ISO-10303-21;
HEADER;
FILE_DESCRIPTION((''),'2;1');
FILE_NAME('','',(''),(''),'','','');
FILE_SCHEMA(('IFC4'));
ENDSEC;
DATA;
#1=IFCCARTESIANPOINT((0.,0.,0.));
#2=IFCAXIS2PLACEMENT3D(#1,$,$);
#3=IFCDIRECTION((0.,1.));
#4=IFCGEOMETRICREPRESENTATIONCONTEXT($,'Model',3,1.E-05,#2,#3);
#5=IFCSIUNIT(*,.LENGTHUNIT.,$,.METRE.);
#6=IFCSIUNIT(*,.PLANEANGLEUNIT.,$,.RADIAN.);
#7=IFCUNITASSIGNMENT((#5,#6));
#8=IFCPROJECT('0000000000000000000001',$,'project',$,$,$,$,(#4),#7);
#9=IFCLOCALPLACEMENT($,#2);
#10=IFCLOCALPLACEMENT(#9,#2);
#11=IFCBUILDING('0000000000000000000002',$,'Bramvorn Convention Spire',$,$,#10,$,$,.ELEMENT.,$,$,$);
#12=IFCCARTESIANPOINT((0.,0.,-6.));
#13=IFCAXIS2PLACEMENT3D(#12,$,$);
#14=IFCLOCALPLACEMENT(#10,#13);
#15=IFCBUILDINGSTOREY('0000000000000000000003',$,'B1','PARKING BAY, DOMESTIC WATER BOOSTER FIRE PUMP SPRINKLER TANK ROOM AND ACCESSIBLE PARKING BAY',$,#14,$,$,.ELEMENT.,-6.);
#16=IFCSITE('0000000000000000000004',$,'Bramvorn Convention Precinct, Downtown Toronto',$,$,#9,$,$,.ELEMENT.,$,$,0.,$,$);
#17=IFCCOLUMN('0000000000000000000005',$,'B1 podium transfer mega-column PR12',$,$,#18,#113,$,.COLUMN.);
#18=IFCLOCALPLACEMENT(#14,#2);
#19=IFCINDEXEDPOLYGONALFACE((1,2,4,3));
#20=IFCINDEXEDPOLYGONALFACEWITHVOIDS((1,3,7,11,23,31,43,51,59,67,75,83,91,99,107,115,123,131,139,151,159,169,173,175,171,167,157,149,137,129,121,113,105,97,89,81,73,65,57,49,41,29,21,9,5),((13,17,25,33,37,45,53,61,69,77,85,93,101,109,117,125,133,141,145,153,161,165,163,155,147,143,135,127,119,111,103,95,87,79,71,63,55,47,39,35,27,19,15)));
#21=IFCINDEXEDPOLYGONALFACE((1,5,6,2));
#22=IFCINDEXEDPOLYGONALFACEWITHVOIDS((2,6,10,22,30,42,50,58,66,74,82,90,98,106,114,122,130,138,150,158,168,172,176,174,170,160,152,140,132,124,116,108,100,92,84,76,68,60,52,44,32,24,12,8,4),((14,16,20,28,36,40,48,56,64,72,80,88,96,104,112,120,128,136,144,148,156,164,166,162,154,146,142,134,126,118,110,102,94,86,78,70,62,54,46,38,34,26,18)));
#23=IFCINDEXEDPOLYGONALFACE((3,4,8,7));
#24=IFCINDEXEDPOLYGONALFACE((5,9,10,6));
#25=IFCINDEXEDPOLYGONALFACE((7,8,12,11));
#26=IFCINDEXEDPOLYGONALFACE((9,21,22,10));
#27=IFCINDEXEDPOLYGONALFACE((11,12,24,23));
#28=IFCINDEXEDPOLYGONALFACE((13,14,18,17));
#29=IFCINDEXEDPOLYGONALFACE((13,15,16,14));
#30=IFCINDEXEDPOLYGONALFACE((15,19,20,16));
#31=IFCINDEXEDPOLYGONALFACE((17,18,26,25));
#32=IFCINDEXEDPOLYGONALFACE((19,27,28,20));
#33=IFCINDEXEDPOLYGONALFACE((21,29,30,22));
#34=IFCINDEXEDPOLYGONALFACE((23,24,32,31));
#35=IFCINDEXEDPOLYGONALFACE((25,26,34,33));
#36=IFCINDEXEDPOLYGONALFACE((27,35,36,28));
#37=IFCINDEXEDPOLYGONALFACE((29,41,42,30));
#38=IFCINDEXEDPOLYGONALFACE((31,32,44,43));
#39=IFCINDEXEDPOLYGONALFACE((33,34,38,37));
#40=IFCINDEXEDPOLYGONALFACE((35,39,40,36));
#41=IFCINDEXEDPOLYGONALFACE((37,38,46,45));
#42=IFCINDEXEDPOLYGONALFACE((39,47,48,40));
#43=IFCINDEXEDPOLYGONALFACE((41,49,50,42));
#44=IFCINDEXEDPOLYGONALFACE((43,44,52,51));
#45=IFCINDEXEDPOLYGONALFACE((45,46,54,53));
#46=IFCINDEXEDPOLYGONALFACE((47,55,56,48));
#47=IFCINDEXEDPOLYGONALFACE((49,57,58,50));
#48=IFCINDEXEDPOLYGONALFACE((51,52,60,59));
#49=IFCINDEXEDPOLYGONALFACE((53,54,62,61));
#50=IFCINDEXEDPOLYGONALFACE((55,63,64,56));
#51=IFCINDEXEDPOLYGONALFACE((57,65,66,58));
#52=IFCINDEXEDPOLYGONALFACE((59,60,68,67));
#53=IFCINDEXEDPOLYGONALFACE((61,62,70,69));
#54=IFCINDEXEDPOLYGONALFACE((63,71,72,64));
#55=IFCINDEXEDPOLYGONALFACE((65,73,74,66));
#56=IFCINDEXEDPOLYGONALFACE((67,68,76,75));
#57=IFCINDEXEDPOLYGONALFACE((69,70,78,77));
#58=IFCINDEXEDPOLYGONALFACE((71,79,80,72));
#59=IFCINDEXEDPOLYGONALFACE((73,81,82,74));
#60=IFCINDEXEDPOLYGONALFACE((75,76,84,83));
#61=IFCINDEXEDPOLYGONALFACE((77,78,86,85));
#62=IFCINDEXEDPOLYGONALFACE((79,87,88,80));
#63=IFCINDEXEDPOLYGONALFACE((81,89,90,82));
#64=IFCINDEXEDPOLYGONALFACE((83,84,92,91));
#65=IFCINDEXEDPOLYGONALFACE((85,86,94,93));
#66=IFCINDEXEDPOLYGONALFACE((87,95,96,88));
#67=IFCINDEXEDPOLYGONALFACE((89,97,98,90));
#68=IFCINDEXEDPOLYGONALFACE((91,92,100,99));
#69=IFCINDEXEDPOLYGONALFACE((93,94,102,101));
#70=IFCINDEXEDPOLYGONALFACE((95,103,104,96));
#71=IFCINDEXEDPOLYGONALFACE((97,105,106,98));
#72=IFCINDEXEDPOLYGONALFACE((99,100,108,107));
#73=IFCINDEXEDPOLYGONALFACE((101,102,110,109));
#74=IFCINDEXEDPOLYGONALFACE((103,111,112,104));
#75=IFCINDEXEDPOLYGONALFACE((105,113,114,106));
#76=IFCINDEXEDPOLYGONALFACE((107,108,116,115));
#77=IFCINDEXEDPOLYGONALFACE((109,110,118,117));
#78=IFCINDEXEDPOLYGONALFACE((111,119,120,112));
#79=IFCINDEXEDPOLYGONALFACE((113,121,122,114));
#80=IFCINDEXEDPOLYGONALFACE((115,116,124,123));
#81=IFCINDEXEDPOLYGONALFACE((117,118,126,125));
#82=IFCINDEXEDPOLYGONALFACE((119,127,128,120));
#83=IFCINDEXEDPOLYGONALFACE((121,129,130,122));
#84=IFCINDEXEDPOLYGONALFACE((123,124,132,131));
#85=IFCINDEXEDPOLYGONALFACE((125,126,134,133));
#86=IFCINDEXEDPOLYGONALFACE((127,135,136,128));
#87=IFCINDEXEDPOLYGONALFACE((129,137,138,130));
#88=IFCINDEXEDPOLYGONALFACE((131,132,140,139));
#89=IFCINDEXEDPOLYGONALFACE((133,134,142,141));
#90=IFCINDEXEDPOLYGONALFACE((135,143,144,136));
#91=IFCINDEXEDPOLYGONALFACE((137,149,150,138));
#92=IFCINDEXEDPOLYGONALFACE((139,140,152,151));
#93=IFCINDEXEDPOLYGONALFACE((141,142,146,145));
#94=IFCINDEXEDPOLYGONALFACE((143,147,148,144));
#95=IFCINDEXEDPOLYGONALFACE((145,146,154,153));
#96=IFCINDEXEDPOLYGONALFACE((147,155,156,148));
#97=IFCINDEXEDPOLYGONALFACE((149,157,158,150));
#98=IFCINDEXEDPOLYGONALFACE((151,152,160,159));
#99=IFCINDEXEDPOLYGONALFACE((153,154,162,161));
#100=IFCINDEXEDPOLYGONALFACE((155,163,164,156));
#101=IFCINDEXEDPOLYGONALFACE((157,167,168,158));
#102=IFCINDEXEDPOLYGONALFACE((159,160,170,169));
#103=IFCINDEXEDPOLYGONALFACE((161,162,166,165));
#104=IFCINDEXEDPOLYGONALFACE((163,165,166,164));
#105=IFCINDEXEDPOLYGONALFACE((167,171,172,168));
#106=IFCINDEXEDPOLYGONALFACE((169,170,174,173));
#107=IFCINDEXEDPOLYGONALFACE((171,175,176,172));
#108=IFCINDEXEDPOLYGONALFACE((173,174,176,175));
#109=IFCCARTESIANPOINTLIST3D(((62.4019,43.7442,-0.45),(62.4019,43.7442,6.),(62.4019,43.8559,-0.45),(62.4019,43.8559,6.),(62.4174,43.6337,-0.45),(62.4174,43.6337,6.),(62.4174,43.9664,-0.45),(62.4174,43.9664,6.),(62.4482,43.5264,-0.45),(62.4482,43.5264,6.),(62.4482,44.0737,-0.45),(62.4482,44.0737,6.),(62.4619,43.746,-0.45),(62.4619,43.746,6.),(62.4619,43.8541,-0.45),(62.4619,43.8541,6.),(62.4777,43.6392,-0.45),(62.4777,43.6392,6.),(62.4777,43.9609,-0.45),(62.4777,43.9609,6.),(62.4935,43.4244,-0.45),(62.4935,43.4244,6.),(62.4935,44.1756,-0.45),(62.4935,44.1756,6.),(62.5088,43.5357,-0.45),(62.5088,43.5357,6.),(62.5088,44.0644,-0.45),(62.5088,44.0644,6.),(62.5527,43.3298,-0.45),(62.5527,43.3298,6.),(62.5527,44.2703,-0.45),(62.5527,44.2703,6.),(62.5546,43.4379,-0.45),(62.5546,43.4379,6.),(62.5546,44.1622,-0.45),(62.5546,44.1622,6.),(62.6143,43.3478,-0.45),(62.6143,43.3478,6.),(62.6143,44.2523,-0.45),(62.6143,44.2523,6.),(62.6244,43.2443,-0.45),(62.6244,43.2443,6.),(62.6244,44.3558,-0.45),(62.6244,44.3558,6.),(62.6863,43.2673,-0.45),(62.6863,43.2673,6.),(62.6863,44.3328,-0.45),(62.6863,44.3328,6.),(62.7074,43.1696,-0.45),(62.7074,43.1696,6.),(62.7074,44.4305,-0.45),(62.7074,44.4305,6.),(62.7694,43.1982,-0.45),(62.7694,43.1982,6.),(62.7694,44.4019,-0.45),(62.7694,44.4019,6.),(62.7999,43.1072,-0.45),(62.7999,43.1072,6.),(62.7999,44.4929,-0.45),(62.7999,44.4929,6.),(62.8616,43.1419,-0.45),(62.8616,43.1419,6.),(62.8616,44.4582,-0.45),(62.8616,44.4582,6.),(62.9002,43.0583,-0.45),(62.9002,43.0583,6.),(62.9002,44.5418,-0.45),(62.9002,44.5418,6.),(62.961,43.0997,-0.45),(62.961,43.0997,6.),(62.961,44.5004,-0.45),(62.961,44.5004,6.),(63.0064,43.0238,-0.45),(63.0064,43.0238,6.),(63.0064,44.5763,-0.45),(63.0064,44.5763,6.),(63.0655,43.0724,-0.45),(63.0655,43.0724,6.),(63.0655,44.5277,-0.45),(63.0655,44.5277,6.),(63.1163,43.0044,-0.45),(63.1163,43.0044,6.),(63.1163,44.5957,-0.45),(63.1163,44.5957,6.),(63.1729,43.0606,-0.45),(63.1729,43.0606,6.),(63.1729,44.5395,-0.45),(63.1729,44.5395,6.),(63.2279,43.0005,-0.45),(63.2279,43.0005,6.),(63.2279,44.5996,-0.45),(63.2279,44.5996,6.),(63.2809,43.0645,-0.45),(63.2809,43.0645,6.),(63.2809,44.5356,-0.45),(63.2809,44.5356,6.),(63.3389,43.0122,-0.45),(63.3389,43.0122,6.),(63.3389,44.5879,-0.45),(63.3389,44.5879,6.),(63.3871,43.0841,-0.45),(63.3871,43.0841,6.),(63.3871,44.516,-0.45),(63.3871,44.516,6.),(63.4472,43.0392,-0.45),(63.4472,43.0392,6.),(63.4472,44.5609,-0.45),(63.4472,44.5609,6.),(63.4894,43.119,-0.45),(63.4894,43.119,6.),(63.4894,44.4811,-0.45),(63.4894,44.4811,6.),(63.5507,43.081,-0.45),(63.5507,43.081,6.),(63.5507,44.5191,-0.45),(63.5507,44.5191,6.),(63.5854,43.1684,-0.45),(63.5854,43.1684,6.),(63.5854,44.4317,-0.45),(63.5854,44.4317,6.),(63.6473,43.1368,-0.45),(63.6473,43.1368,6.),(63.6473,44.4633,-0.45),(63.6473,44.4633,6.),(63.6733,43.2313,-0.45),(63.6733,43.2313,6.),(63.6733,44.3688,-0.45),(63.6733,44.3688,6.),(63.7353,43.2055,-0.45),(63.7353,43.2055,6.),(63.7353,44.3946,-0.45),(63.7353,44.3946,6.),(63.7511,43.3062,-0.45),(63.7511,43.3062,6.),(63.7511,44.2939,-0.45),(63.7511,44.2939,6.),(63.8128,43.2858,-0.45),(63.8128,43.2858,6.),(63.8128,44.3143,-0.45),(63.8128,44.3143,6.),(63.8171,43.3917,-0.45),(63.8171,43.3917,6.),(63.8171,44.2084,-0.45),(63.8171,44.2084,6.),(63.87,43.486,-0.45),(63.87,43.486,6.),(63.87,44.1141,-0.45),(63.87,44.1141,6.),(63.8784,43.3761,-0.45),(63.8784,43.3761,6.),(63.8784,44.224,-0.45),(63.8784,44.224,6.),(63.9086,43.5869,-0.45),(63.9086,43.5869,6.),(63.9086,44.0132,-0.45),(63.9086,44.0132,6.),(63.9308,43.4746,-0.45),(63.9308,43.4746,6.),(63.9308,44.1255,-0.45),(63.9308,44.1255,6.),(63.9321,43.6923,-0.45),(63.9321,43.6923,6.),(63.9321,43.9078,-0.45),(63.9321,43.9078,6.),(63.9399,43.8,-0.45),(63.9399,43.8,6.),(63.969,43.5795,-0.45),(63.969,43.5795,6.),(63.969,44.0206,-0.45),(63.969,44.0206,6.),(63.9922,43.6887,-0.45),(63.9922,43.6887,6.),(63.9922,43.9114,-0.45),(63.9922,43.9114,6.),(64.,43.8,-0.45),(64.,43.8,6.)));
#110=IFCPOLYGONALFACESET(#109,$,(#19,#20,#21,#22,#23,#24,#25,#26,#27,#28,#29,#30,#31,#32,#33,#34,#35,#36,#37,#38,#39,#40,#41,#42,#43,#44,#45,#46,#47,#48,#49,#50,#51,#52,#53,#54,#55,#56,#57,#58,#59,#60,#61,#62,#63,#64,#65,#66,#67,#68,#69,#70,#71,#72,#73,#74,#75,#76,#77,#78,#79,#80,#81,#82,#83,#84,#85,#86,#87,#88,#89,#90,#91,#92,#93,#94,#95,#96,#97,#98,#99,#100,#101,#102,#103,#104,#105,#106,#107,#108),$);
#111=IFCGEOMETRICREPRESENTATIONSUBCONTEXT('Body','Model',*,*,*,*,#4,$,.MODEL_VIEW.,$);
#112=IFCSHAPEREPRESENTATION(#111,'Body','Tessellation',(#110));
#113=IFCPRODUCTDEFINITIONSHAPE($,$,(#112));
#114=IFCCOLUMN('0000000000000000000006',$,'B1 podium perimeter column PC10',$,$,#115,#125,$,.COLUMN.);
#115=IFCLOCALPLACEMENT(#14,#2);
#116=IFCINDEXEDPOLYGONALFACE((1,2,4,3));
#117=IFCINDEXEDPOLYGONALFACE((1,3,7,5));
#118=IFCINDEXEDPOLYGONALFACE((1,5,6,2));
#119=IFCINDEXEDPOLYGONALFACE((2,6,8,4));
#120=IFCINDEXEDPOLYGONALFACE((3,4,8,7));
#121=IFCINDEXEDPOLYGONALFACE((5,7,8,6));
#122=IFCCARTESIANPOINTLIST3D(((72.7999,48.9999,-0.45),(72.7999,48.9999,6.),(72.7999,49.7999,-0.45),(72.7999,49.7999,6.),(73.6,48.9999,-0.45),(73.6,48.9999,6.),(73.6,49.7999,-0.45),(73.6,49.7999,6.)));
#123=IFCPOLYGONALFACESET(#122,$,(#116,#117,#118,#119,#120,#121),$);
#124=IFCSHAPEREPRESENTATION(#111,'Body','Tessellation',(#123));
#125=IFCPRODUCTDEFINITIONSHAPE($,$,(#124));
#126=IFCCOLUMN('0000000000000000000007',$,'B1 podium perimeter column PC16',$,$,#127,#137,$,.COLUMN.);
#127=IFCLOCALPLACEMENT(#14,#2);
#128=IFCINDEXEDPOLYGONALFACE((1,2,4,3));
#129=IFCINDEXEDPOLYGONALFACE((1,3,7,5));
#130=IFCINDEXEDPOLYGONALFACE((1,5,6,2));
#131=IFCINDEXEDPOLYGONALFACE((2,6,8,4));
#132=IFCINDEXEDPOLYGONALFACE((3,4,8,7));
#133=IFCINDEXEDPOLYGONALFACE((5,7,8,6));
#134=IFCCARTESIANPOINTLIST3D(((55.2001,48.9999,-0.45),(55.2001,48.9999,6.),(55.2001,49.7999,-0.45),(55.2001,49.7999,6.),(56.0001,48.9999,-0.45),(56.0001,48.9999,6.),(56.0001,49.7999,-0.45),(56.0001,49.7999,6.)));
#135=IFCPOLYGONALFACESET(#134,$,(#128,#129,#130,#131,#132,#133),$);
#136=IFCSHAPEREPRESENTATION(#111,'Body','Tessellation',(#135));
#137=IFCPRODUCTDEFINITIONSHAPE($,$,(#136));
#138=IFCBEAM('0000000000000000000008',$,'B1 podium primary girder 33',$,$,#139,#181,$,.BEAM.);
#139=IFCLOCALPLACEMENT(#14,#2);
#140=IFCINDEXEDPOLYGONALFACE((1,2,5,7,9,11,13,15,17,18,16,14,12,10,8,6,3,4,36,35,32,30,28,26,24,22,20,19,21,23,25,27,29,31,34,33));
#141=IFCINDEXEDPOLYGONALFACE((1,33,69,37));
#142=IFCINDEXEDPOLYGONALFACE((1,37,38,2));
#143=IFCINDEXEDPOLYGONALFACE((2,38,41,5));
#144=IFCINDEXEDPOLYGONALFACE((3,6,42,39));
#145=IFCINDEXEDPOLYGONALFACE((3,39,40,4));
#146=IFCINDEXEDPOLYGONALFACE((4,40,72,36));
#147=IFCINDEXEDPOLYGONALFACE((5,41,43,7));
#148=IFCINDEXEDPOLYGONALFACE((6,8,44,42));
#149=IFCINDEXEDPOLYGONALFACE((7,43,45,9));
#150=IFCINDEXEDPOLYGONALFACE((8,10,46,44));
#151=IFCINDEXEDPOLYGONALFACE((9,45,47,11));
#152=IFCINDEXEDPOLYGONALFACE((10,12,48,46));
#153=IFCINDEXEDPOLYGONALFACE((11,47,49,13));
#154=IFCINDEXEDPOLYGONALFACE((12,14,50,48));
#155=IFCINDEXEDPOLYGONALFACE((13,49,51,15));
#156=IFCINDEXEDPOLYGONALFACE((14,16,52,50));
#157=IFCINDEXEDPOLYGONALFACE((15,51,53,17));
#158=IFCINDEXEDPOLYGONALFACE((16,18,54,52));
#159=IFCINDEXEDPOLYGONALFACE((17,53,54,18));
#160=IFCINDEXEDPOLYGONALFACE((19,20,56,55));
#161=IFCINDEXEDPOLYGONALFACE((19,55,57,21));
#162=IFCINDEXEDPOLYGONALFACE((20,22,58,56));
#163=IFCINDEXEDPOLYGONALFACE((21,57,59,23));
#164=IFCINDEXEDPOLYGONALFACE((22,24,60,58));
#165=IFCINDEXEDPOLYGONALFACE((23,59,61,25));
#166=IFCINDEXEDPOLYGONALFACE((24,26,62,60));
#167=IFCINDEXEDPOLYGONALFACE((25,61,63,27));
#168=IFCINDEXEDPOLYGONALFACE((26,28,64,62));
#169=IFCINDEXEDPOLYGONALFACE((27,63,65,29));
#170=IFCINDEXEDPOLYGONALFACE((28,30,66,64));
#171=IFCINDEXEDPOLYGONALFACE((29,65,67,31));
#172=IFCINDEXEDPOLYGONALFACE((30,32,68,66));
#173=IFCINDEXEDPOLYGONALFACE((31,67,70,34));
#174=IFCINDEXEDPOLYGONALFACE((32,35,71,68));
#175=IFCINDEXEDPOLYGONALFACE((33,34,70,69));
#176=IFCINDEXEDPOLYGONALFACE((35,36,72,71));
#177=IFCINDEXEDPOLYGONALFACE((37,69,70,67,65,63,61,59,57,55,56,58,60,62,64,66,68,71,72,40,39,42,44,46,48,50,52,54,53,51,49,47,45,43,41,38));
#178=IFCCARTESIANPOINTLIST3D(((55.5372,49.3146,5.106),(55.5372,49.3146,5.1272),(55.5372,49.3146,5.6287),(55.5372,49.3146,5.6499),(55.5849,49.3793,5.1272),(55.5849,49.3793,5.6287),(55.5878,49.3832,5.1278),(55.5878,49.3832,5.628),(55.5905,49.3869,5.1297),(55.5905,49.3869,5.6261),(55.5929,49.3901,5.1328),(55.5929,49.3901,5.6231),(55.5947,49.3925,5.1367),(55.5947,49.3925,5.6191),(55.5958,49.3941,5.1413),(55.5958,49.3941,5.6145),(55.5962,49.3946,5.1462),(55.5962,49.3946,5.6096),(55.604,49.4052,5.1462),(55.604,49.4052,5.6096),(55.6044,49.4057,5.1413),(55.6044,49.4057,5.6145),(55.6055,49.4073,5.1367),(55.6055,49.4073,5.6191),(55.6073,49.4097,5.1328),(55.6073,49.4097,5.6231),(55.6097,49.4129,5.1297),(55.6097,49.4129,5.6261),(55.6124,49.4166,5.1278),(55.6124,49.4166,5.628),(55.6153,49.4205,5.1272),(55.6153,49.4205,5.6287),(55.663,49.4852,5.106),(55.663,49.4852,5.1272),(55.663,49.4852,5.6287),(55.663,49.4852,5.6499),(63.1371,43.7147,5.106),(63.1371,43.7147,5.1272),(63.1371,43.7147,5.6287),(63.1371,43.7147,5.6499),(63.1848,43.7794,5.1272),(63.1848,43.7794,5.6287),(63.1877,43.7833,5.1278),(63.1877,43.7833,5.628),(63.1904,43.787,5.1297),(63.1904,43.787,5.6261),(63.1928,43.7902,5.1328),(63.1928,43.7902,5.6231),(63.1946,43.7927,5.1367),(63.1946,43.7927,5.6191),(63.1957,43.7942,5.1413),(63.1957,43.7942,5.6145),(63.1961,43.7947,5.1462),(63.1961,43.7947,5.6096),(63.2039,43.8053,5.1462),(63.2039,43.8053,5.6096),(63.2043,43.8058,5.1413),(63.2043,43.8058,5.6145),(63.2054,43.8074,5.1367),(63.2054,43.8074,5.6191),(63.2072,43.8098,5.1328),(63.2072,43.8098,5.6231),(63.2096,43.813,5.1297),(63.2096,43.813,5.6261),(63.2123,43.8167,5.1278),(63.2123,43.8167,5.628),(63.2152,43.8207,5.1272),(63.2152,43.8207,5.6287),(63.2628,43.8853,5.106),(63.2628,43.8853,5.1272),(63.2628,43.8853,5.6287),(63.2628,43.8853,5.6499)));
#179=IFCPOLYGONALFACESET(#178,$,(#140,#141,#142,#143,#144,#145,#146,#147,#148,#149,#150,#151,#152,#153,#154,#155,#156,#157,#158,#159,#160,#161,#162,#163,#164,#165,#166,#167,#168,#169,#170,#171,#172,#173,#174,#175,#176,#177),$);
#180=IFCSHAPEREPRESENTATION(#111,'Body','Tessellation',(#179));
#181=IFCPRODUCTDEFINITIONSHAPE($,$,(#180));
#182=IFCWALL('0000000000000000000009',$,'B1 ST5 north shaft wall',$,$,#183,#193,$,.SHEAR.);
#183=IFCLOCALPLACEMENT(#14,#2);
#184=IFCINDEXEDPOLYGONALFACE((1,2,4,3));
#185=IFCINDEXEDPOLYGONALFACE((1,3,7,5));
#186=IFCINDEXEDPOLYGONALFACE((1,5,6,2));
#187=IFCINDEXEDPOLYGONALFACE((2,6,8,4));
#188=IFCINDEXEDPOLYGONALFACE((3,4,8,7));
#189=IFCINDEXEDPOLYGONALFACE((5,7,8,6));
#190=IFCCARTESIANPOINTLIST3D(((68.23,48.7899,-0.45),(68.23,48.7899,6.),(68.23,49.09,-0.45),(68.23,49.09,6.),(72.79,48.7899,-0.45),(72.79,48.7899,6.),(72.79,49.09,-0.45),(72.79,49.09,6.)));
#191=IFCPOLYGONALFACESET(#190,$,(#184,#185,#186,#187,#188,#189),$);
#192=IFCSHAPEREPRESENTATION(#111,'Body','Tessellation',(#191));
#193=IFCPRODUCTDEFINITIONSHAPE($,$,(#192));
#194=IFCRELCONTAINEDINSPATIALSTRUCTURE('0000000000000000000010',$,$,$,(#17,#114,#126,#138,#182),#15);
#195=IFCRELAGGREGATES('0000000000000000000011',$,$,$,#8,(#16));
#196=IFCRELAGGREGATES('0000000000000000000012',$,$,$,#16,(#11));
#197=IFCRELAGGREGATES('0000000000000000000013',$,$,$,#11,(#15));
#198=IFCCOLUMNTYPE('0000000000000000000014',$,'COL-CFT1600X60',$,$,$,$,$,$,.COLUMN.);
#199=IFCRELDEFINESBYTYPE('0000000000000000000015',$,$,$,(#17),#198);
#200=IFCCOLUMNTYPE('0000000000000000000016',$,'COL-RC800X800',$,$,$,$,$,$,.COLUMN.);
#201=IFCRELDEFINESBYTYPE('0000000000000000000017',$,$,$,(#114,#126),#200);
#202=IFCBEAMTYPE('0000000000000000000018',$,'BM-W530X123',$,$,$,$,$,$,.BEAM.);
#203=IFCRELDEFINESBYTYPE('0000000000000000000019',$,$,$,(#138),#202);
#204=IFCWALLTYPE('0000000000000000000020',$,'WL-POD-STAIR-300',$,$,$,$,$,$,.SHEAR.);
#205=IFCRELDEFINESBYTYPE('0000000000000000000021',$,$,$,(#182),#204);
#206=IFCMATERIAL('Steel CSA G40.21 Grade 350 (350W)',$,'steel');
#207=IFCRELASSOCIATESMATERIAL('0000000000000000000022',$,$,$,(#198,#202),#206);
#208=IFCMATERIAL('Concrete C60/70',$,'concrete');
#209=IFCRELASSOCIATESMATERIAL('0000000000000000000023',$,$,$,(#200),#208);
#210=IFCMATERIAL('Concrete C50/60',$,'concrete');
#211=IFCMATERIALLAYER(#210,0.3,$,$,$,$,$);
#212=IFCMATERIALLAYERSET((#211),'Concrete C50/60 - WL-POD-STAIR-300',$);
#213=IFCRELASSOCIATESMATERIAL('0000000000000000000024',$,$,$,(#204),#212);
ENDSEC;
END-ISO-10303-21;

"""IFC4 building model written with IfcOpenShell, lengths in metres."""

from ifc_helpers import new_model, si_unit, direction, frame, frame_2d, origin, origin_2d, place, context, subcontext, project, spatial, rectangle, hollow_circle, i_section, extrude, material, layer, layer_set, material_profile, profile_set, type_object, element, save


model = new_model("IFC4")

# Units and contexts
model_context = context("Model", 3, precision=1e-05, world=origin(), true_north=direction((0.0, 1.0)))
body_context = subcontext(model_context, "Body", "Model", "MODEL_VIEW")
ifc_project = project(units=[si_unit("LENGTHUNIT", "METRE"), si_unit("PLANEANGLEUNIT", "RADIAN")], contexts=[model_context])

# Site, building, storey
site_placement = place(None, origin())
site = spatial("IfcSite", under=ifc_project, at=site_placement, Name="Bramvorn Convention Precinct, Downtown Toronto", CompositionType="ELEMENT", RefElevation=0.0)
building_placement = place(site_placement, origin())
building = spatial("IfcBuilding", under=site, at=building_placement, Name="Bramvorn Convention Spire", CompositionType="ELEMENT")
storey_placement = place(building_placement, frame((0.0, 0.0, -6.0)))
storey = spatial("IfcBuildingStorey", under=building, at=storey_placement, Name="B1", Description="PARKING BAY, DOMESTIC WATER BOOSTER FIRE PUMP SPRINKLER TANK ROOM AND ACCESSIBLE PARKING BAY", CompositionType="ELEMENT", Elevation=-6.0)

# Shared definitions
ifc_material_1 = material(Name="Concrete C60/70", Category="concrete")

# Columns
ifc_material_2 = material(Name="Steel CSA G40.21 Grade 350 (350W)", Category="steel")
ifc_material_profile_1 = material_profile(ifc_material_2, hollow_circle(Radius=0.8, WallThickness=0.0601, at=origin_2d()))
ifc_profile_set_1 = profile_set([ifc_material_profile_1], Name="Steel CSA G40.21 Grade 350 (350W) - CFT1600X60")
column_type_1 = type_object("IfcColumnType", Name="COL-CFT1600X60", PredefinedType="COLUMN", material=ifc_profile_set_1)
column_placement = place(storey_placement, frame((63.2, 43.8, -0.45), z_axis=(0.0, 0.0, 1.0), x_axis=(1.0, 0.0, 0.0)))
element("IfcColumn", 1, at=column_placement, inside=storey, type_object=column_type_1, Name="B1 podium transfer mega-column PR12", PredefinedType="COLUMN", context=body_context, shape_type="SweptSolid", body=[
    extrude(hollow_circle(Radius=0.8, WallThickness=0.0601, at=origin_2d()), origin(), (0.0, 0.0, 1.0), 6.45),
])
ifc_material_profile_2 = material_profile(ifc_material_1, rectangle(XDim=0.8, YDim=0.8, at=origin_2d()))
ifc_profile_set_2 = profile_set([ifc_material_profile_2], Name="Concrete C60/70 - RC800X800")
column_type_2 = type_object("IfcColumnType", Name="COL-RC800X800", PredefinedType="COLUMN", material=ifc_profile_set_2)
for number, where, z_axis, x_axis, name in (
    (2, (73.2, 49.3999, -0.45), (0.0, 0.0, 1.0), (1.0, 0.0, 0.0), "B1 podium perimeter column PC10"),
    (3, (55.6001, 49.3999, -0.45), (0.0, 0.0, 1.0), (1.0, 0.0, 0.0), "B1 podium perimeter column PC16"),
):
    element("IfcColumn", number, at=place(storey_placement, frame(where, z_axis=z_axis, x_axis=x_axis)), inside=storey, type_object=column_type_2, Name=name, PredefinedType="COLUMN", context=body_context, shape_type="SweptSolid", body=[
        extrude(rectangle(XDim=0.8, YDim=0.8, at=origin_2d()), origin(), (0.0, 0.0, 1.0), 6.45),
    ])

# Beam
ifc_material_profile_3 = material_profile(ifc_material_2, i_section(OverallWidth=0.2119, OverallDepth=0.5439, WebThickness=0.0132, FlangeThickness=0.0212, FilletRadius=0.019, at=origin_2d()))
ifc_profile_set_3 = profile_set([ifc_material_profile_3], Name="Steel CSA G40.21 Grade 350 (350W) - W530X123")
beam_type = type_object("IfcBeamType", Name="BM-W530X123", PredefinedType="BEAM", material=ifc_profile_set_3)
beam_placement = place(storey_placement, frame((55.6001, 49.3999, 5.3779), z_axis=(0.805058, -0.593196, 0.0), x_axis=(0.593196, 0.805058, 0.0)))
element("IfcBeam", 4, at=beam_placement, inside=storey, type_object=beam_type, Name="B1 podium primary girder 33", PredefinedType="BEAM", context=body_context, shape_type="SweptSolid", body=[
    extrude(i_section(OverallWidth=0.2119, OverallDepth=0.5439, WebThickness=0.0132, FlangeThickness=0.0212, FilletRadius=0.019, at=origin_2d()), origin(), (0.0, 0.0, 1.0), 9.4402),
])

# Wall
ifc_material_3 = material(Name="Concrete C50/60", Category="concrete")
ifc_layer_1 = layer(ifc_material_3, 0.3)
ifc_layer_set_1 = layer_set([ifc_layer_1], Name="Concrete C50/60 - WL-POD-STAIR-300")
wall_type = type_object("IfcWallType", Name="WL-POD-STAIR-300", PredefinedType="SHEAR", material=ifc_layer_set_1)
wall_1_placement = place(storey_placement, frame((68.23, 48.9399, -0.45), z_axis=(0.0, 0.0, 1.0), x_axis=(1.0, 0.0, 0.0)))
element("IfcWall", 5, at=wall_1_placement, inside=storey, type_object=wall_type, Name="B1 ST5 north shaft wall", PredefinedType="SHEAR", context=body_context, shape_type="SweptSolid", body=[
    extrude(rectangle(XDim=4.5601, YDim=0.3, at=frame_2d((2.28, 0.0))), origin(), (0.0, 0.0, 1.0), 6.45),
])

save(model, "model.ifc")
